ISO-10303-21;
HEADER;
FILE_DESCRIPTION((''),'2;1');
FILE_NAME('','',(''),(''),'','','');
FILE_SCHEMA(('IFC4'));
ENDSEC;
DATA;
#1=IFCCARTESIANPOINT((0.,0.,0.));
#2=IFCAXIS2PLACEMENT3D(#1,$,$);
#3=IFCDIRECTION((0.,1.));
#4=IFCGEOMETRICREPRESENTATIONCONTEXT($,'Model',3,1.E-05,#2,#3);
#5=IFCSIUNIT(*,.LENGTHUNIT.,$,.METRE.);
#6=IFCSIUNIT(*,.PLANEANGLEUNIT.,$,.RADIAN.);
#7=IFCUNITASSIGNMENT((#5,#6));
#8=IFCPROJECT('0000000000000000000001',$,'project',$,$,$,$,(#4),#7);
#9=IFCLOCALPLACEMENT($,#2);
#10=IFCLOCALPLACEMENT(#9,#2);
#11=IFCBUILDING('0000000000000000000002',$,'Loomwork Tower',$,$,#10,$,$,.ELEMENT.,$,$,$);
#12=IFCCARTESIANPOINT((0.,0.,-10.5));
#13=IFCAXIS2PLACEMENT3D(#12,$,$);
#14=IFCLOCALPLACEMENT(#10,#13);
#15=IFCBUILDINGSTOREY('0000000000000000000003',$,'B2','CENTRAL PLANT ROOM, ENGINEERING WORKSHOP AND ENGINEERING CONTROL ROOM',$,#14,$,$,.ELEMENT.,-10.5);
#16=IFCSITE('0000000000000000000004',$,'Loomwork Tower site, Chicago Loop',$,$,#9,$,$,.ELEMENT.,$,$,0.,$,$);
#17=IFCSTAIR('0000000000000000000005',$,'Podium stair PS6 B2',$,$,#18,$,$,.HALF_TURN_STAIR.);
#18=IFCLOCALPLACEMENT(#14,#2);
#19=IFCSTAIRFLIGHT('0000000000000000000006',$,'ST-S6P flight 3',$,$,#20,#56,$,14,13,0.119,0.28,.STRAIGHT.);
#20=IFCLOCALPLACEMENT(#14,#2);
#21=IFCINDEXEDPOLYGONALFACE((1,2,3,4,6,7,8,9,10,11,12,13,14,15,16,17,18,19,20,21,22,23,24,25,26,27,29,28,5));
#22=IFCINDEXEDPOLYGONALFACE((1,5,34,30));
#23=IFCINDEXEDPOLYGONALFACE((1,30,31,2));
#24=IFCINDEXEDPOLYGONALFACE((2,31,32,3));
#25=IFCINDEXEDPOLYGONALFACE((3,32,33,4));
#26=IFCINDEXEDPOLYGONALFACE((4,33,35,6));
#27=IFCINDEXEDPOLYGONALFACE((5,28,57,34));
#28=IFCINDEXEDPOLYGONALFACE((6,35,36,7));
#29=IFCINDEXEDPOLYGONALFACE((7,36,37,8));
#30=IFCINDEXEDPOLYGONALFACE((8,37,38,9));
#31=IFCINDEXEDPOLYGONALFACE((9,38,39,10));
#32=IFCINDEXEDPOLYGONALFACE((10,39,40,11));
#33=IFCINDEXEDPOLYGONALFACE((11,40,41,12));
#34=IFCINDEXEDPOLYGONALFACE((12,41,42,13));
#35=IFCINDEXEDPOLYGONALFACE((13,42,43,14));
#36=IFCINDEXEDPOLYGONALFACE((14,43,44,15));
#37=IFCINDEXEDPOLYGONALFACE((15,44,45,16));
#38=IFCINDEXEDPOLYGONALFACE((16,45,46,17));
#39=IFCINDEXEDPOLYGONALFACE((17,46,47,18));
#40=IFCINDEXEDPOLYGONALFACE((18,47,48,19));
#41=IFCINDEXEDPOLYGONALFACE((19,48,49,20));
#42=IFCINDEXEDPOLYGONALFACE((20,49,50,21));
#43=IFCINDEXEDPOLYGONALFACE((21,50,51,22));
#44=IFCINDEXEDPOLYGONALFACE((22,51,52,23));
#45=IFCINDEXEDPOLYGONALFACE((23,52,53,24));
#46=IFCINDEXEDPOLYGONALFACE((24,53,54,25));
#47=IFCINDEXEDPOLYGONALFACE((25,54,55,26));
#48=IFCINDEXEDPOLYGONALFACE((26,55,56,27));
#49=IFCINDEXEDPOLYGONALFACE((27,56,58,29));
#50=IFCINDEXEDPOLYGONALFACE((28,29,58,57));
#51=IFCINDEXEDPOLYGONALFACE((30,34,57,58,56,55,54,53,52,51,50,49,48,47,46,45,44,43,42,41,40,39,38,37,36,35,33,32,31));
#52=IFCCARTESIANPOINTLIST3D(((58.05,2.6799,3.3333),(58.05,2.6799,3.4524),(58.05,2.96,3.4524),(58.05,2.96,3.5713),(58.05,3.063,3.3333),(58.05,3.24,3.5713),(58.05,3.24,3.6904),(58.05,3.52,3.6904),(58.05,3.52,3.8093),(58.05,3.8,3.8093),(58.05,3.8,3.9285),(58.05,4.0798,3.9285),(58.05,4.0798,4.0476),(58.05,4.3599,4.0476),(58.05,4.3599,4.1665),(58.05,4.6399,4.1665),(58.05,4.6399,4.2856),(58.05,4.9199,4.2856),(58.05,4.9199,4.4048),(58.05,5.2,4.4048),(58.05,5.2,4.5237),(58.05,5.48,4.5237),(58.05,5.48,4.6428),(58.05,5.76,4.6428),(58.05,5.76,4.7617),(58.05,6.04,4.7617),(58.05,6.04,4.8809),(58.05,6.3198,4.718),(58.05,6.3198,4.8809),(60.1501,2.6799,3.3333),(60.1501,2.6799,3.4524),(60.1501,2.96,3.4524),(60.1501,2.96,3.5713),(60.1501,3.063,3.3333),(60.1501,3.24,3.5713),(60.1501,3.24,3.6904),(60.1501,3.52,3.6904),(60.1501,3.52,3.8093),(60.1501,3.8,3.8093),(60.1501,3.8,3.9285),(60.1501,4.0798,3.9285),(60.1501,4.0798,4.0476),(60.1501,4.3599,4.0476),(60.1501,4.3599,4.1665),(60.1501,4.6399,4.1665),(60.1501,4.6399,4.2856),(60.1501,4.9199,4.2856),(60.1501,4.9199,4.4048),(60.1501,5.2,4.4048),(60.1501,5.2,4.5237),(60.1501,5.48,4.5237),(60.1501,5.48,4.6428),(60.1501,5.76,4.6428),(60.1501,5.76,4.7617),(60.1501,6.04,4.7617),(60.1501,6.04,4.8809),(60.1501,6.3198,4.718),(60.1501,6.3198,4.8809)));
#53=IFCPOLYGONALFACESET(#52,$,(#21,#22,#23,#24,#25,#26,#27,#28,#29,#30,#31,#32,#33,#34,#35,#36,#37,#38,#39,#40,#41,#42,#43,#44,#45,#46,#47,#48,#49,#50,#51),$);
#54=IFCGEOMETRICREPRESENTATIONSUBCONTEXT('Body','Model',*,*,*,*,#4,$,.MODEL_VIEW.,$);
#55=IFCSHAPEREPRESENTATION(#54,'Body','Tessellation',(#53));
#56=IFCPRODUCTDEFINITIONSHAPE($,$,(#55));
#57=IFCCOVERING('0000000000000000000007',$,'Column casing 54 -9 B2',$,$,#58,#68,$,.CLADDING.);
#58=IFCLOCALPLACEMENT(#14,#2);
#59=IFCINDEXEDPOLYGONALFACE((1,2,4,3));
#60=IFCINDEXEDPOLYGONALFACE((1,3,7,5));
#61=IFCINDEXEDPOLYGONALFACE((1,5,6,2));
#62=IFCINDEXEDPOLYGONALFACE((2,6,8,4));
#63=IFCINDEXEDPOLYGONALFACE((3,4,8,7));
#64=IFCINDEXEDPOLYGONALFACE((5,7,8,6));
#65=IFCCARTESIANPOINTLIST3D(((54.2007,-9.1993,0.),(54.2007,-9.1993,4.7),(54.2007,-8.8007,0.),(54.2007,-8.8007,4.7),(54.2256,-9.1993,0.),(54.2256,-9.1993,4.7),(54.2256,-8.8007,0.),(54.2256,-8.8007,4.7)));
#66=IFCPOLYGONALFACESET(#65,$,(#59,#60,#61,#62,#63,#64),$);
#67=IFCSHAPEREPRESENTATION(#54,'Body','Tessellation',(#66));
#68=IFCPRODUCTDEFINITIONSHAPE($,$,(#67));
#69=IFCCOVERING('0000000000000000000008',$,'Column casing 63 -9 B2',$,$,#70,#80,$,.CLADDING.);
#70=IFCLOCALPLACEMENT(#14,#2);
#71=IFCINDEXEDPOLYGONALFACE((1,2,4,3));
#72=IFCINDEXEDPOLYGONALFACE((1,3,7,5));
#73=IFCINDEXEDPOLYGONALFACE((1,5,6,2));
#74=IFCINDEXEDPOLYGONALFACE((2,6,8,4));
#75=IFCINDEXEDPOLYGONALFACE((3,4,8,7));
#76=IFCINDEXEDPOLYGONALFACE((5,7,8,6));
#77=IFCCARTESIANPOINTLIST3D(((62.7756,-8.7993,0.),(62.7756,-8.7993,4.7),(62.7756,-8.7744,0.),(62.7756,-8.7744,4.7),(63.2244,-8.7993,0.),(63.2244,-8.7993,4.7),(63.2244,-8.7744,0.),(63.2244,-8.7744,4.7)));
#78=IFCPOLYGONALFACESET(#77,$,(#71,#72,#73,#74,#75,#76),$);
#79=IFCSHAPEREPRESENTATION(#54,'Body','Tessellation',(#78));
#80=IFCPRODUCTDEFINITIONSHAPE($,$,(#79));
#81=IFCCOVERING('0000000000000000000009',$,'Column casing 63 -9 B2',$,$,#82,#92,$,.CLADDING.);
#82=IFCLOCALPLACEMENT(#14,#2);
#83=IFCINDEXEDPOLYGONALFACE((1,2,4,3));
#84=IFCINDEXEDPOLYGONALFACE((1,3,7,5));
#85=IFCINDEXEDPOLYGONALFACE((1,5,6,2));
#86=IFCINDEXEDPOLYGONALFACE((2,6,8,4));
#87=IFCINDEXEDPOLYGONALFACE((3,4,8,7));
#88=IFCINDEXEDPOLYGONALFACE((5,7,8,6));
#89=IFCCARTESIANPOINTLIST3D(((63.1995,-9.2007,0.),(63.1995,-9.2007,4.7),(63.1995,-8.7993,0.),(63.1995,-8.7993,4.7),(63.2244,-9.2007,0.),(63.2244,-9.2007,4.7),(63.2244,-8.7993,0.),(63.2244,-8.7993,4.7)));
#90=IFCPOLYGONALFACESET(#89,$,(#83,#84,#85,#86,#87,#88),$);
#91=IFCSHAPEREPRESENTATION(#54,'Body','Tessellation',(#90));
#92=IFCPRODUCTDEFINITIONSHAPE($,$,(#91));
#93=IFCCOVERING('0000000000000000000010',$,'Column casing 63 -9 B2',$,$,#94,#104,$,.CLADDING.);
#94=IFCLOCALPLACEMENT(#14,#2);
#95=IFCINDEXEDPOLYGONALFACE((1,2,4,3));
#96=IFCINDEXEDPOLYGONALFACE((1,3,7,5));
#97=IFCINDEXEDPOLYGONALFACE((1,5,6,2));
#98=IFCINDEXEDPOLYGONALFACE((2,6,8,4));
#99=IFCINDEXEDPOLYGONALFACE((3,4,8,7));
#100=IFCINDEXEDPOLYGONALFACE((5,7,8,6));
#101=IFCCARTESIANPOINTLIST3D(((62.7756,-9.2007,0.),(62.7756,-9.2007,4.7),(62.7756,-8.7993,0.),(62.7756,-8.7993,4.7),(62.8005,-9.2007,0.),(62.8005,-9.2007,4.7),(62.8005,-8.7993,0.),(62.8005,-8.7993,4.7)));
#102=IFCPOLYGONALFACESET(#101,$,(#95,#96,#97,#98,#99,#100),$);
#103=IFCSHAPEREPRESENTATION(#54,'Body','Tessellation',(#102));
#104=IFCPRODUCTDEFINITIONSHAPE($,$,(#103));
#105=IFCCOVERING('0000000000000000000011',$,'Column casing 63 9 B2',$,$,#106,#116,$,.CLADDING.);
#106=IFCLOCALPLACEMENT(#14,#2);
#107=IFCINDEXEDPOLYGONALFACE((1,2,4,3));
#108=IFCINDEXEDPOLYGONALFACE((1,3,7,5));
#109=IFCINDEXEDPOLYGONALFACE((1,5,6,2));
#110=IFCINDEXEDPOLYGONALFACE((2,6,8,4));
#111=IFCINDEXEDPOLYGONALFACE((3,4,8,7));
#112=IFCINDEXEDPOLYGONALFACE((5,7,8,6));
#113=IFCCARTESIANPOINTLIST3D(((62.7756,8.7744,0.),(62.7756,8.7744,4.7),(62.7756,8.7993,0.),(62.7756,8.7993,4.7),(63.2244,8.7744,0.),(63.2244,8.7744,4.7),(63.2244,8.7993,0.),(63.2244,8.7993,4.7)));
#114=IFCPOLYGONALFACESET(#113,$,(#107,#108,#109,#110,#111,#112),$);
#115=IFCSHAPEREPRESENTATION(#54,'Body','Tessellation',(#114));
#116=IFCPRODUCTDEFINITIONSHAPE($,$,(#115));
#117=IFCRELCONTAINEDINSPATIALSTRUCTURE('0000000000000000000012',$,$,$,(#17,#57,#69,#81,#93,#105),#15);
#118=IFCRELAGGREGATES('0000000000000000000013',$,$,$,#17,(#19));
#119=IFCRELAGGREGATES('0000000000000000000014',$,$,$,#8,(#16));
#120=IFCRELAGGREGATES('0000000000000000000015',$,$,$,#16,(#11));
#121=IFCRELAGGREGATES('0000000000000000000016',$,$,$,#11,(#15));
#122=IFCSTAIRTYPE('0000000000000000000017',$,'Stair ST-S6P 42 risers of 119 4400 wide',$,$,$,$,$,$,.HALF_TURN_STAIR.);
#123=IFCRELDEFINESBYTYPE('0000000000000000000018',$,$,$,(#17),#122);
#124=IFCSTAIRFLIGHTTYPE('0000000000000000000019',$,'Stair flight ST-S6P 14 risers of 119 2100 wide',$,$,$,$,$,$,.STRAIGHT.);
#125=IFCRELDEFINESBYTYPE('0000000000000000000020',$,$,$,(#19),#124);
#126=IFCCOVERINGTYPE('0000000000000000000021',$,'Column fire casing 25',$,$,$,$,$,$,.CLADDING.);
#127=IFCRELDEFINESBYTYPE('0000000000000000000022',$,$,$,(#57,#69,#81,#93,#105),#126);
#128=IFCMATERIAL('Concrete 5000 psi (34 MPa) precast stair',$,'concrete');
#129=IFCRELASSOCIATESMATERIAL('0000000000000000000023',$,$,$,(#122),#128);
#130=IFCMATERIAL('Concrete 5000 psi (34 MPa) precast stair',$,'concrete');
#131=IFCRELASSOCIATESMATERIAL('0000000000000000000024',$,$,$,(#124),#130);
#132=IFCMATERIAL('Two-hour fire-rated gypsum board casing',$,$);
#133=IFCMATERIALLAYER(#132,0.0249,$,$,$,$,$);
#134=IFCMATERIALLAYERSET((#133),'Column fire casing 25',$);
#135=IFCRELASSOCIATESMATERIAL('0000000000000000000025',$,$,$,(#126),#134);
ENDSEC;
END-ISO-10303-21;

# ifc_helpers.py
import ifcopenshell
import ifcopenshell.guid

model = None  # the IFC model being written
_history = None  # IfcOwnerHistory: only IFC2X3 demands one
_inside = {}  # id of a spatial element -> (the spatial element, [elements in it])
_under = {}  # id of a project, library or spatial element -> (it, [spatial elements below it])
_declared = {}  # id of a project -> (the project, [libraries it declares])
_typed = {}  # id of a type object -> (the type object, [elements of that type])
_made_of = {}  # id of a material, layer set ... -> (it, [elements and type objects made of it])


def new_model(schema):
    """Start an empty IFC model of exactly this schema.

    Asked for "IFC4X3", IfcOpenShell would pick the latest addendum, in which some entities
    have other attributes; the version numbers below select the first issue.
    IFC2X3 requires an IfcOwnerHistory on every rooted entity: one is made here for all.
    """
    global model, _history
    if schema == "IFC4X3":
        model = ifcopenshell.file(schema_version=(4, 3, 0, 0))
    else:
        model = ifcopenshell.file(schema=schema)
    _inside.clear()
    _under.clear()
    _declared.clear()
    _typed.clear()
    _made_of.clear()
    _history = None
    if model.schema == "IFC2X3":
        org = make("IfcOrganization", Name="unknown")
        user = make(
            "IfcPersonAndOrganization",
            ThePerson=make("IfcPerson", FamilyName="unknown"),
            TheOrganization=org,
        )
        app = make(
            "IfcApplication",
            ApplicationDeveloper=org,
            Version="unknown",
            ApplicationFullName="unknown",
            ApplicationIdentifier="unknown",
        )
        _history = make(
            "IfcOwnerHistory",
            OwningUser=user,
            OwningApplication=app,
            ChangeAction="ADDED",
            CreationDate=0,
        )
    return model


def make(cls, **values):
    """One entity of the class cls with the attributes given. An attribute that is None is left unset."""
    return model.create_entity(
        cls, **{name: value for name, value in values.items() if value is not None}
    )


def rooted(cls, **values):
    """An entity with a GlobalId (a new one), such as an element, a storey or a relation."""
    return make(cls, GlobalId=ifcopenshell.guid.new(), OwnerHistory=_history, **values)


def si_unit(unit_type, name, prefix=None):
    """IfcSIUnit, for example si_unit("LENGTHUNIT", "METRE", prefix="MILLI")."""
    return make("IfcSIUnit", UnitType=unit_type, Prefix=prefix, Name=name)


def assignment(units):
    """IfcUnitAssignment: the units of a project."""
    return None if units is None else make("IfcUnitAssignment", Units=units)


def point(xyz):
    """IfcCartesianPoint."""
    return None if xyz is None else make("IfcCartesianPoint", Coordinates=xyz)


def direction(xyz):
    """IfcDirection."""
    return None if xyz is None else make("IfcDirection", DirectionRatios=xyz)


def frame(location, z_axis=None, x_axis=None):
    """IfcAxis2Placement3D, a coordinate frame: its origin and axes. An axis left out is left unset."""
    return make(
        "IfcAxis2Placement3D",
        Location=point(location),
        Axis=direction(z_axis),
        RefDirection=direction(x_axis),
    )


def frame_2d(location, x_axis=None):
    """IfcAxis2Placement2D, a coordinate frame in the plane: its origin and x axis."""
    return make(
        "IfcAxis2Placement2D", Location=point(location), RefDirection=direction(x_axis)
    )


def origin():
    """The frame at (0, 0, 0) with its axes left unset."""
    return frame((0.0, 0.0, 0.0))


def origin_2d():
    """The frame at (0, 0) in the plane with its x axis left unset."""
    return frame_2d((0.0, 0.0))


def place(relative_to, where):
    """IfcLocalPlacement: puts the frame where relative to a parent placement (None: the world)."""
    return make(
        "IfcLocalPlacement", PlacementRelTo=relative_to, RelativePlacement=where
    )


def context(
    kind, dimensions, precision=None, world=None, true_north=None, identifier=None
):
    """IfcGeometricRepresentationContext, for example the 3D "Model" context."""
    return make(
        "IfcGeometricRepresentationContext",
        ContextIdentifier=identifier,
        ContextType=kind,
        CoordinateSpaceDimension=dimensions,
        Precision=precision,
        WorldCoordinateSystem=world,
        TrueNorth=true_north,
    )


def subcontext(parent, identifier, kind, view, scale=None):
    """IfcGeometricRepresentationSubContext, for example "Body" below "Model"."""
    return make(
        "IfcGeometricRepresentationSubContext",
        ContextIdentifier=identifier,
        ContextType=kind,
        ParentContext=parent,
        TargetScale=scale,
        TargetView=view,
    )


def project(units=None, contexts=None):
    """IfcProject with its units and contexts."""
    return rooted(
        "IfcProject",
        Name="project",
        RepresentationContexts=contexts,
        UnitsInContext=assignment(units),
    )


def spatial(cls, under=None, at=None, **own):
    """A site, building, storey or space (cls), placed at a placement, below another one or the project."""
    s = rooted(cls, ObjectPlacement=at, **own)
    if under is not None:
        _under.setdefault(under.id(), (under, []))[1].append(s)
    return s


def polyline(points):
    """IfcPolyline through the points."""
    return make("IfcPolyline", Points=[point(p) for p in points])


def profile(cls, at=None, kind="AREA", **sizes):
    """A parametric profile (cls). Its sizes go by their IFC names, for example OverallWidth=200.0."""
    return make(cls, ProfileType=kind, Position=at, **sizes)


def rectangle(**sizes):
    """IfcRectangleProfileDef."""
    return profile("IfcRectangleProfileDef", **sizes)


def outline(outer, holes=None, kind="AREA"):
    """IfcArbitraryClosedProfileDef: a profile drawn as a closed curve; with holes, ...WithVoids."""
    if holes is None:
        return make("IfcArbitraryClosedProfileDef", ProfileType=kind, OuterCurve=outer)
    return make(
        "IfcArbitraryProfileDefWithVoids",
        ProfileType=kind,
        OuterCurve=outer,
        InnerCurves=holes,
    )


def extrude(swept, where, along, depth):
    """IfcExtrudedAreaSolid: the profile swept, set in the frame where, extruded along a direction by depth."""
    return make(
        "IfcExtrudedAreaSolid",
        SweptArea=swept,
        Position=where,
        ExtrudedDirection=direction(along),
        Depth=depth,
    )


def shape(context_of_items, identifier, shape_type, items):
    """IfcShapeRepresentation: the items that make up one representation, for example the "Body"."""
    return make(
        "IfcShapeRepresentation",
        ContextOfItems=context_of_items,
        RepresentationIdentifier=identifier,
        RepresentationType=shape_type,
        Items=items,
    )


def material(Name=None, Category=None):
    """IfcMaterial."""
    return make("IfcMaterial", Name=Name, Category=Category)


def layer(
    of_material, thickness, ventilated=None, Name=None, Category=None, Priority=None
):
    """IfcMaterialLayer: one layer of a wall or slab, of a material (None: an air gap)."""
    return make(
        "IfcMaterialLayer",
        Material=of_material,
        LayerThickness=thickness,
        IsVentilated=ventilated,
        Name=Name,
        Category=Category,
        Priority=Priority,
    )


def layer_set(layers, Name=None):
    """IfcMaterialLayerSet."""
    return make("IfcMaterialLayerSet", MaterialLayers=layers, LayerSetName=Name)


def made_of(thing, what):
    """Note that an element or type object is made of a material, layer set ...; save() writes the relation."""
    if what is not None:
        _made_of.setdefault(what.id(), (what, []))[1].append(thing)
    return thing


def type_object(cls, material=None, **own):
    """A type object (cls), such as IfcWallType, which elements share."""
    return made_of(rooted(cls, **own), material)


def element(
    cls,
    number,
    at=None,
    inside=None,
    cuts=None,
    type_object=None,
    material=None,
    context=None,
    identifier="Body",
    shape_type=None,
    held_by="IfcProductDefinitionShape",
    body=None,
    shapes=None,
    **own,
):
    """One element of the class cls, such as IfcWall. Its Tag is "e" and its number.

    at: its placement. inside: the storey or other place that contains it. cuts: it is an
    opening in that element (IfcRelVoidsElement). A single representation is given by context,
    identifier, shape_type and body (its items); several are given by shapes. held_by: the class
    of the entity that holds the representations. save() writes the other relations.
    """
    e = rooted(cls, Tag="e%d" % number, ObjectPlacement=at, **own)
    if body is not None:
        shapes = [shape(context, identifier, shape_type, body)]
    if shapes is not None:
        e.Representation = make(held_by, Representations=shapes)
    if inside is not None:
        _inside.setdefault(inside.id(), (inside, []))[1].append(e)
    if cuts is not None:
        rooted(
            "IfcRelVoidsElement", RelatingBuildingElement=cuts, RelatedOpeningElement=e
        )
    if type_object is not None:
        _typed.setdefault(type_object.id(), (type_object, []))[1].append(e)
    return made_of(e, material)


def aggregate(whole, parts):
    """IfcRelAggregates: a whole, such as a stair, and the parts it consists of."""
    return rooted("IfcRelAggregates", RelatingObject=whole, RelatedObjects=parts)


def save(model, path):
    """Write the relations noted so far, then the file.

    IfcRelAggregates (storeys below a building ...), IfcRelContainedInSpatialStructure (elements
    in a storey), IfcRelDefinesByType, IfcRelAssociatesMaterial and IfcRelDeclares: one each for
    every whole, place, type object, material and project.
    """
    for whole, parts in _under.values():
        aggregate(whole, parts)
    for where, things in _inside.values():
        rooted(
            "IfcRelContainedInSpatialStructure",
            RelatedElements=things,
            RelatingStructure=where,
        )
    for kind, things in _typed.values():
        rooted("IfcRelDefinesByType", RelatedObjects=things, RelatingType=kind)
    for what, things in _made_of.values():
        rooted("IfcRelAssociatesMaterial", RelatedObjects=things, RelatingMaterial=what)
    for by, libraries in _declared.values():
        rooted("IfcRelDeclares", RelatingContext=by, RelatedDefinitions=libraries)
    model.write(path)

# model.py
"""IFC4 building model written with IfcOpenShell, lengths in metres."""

from ifc_helpers import new_model, si_unit, direction, frame, origin, origin_2d, place, context, subcontext, project, spatial, polyline, rectangle, outline, extrude, material, layer, layer_set, type_object, element, aggregate, save


model = new_model("IFC4")

# Units and contexts
model_context = context("Model", 3, precision=1e-05, world=origin(), true_north=direction((0.0, 1.0)))
body_context = subcontext(model_context, "Body", "Model", "MODEL_VIEW")
ifc_project = project(units=[si_unit("LENGTHUNIT", "METRE"), si_unit("PLANEANGLEUNIT", "RADIAN")], contexts=[model_context])

# Site, building, storey
site_placement = place(None, origin())
site = spatial("IfcSite", under=ifc_project, at=site_placement, Name="Loomwork Tower site, Chicago Loop", CompositionType="ELEMENT", RefElevation=0.0)
building_placement = place(site_placement, origin())
building = spatial("IfcBuilding", under=site, at=building_placement, Name="Loomwork Tower", CompositionType="ELEMENT")
storey_placement = place(building_placement, frame((0.0, 0.0, -10.5)))
storey = spatial("IfcBuildingStorey", under=building, at=storey_placement, Name="B2", Description="CENTRAL PLANT ROOM, ENGINEERING WORKSHOP AND ENGINEERING CONTROL ROOM", CompositionType="ELEMENT", Elevation=-10.5)

# Stair, stair flight
ifc_material_1 = material(Name="Concrete 5000 psi (34 MPa) precast stair", Category="concrete")
stair_type = type_object("IfcStairType", Name="Stair ST-S6P 42 risers of 119 4400 wide", PredefinedType="HALF_TURN_STAIR", material=ifc_material_1)
stair_placement = place(storey_placement, origin())
stair = element("IfcStair", 1, at=stair_placement, inside=storey, type_object=stair_type, Name="Podium stair PS6 B2", PredefinedType="HALF_TURN_STAIR")
ifc_material_2 = material(Name="Concrete 5000 psi (34 MPa) precast stair", Category="concrete")
stair_flight_type = type_object("IfcStairFlightType", Name="Stair flight ST-S6P 14 risers of 119 2100 wide", PredefinedType="STRAIGHT", material=ifc_material_2)
stair_flight_1_placement = place(storey_placement, frame((59.1001, 2.6799, 3.3333), z_axis=(0.0, 0.0, 1.0), x_axis=(0.0, 1.0, 0.0)))
stair_flight_1 = element("IfcStairFlight", 2, at=stair_flight_1_placement, type_object=stair_flight_type, Name="ST-S6P flight 3", NumberOfRisers=14, NumberOfTreads=13, PredefinedType="STRAIGHT", RiserHeight=0.119, TreadLength=0.28, context=body_context, shape_type="SweptSolid", body=[
    extrude(outline(polyline([(0.0, 0.0), (0.0, 0.1191), (0.28, 0.1191), (0.28, 0.238), (0.5601, 0.238), (0.5601, 0.3572), (0.8401, 0.3572), (0.8401, 0.4761), (1.1201, 0.4761), (1.1201, 0.5952), (1.3999, 0.5952), (1.3999, 0.7144), (1.6799, 0.7144), (1.6799, 0.8333), (1.96, 0.8333), (1.96, 0.9524), (2.24, 0.9524), (2.24, 1.0715), (2.52, 1.0715), (2.52, 1.1904), (2.8, 1.1904), (2.8, 1.3096), (3.0801, 1.3096), (3.0801, 1.4285), (3.3601, 1.4285), (3.3601, 1.5476), (3.6399, 1.5476), (3.6399, 1.6667), (3.6399, 1.3848), (0.3831, 0.0), (0.0, 0.0)])), frame((0.0, 1.05, 0.0), z_axis=(0.0, -1.0, 0.0), x_axis=(1.0, 0.0, 0.0)), (0.0, 0.0, 1.0), 2.1001),
])
aggregate(stair, [stair_flight_1])

# Coverings
ifc_material_3 = material(Name="Two-hour fire-rated gypsum board casing")
ifc_layer_1 = layer(ifc_material_3, 0.0249)
ifc_layer_set_1 = layer_set([ifc_layer_1], Name="Column fire casing 25")
covering_type = type_object("IfcCoveringType", Name="Column fire casing 25", PredefinedType="CLADDING", material=ifc_layer_set_1)
covering_1_placement = place(storey_placement, frame((54.2131, -9.0, 0.0), z_axis=(0.0, 0.0, 1.0), x_axis=(1.0, 0.0, 0.0)))
element("IfcCovering", 3, at=covering_1_placement, inside=storey, type_object=covering_type, Name="Column casing 54 -9 B2", PredefinedType="CLADDING", context=body_context, shape_type="SweptSolid", body=[
    extrude(rectangle(XDim=0.0249, YDim=0.3987, at=origin_2d()), origin(), (0.0, 0.0, 1.0), 4.7),
])
covering_2_placement = place(storey_placement, frame((63.0, -8.7869, 0.0), z_axis=(0.0, 0.0, 1.0), x_axis=(1.0, 0.0, 0.0)))
element("IfcCovering", 4, at=covering_2_placement, inside=storey, type_object=covering_type, Name="Column casing 63 -9 B2", PredefinedType="CLADDING", context=body_context, shape_type="SweptSolid", body=[
    extrude(rectangle(XDim=0.4487, YDim=0.0249, at=origin_2d()), origin(), (0.0, 0.0, 1.0), 4.7),
])
for number, where, z_axis, x_axis, name in (
    (5, (63.2119, -9.0, 0.0), (0.0, 0.0, 1.0), (1.0, 0.0, 0.0), "Column casing 63 -9 B2"),
    (6, (62.7881, -9.0, 0.0), (0.0, 0.0, 1.0), (1.0, 0.0, 0.0), "Column casing 63 -9 B2"),
):
    element("IfcCovering", number, at=place(storey_placement, frame(where, z_axis=z_axis, x_axis=x_axis)), inside=storey, type_object=covering_type, Name=name, PredefinedType="CLADDING", context=body_context, shape_type="SweptSolid", body=[
        extrude(rectangle(XDim=0.0249, YDim=0.4014, at=origin_2d()), origin(), (0.0, 0.0, 1.0), 4.7),
    ])
covering_3_placement = place(storey_placement, frame((63.0, 8.7869, 0.0), z_axis=(0.0, 0.0, 1.0), x_axis=(1.0, 0.0, 0.0)))
element("IfcCovering", 7, at=covering_3_placement, inside=storey, type_object=covering_type, Name="Column casing 63 9 B2", PredefinedType="CLADDING", context=body_context, shape_type="SweptSolid", body=[
    extrude(rectangle(XDim=0.4487, YDim=0.0249, at=origin_2d()), origin(), (0.0, 0.0, 1.0), 4.7),
])

save(model, "model.ifc")
